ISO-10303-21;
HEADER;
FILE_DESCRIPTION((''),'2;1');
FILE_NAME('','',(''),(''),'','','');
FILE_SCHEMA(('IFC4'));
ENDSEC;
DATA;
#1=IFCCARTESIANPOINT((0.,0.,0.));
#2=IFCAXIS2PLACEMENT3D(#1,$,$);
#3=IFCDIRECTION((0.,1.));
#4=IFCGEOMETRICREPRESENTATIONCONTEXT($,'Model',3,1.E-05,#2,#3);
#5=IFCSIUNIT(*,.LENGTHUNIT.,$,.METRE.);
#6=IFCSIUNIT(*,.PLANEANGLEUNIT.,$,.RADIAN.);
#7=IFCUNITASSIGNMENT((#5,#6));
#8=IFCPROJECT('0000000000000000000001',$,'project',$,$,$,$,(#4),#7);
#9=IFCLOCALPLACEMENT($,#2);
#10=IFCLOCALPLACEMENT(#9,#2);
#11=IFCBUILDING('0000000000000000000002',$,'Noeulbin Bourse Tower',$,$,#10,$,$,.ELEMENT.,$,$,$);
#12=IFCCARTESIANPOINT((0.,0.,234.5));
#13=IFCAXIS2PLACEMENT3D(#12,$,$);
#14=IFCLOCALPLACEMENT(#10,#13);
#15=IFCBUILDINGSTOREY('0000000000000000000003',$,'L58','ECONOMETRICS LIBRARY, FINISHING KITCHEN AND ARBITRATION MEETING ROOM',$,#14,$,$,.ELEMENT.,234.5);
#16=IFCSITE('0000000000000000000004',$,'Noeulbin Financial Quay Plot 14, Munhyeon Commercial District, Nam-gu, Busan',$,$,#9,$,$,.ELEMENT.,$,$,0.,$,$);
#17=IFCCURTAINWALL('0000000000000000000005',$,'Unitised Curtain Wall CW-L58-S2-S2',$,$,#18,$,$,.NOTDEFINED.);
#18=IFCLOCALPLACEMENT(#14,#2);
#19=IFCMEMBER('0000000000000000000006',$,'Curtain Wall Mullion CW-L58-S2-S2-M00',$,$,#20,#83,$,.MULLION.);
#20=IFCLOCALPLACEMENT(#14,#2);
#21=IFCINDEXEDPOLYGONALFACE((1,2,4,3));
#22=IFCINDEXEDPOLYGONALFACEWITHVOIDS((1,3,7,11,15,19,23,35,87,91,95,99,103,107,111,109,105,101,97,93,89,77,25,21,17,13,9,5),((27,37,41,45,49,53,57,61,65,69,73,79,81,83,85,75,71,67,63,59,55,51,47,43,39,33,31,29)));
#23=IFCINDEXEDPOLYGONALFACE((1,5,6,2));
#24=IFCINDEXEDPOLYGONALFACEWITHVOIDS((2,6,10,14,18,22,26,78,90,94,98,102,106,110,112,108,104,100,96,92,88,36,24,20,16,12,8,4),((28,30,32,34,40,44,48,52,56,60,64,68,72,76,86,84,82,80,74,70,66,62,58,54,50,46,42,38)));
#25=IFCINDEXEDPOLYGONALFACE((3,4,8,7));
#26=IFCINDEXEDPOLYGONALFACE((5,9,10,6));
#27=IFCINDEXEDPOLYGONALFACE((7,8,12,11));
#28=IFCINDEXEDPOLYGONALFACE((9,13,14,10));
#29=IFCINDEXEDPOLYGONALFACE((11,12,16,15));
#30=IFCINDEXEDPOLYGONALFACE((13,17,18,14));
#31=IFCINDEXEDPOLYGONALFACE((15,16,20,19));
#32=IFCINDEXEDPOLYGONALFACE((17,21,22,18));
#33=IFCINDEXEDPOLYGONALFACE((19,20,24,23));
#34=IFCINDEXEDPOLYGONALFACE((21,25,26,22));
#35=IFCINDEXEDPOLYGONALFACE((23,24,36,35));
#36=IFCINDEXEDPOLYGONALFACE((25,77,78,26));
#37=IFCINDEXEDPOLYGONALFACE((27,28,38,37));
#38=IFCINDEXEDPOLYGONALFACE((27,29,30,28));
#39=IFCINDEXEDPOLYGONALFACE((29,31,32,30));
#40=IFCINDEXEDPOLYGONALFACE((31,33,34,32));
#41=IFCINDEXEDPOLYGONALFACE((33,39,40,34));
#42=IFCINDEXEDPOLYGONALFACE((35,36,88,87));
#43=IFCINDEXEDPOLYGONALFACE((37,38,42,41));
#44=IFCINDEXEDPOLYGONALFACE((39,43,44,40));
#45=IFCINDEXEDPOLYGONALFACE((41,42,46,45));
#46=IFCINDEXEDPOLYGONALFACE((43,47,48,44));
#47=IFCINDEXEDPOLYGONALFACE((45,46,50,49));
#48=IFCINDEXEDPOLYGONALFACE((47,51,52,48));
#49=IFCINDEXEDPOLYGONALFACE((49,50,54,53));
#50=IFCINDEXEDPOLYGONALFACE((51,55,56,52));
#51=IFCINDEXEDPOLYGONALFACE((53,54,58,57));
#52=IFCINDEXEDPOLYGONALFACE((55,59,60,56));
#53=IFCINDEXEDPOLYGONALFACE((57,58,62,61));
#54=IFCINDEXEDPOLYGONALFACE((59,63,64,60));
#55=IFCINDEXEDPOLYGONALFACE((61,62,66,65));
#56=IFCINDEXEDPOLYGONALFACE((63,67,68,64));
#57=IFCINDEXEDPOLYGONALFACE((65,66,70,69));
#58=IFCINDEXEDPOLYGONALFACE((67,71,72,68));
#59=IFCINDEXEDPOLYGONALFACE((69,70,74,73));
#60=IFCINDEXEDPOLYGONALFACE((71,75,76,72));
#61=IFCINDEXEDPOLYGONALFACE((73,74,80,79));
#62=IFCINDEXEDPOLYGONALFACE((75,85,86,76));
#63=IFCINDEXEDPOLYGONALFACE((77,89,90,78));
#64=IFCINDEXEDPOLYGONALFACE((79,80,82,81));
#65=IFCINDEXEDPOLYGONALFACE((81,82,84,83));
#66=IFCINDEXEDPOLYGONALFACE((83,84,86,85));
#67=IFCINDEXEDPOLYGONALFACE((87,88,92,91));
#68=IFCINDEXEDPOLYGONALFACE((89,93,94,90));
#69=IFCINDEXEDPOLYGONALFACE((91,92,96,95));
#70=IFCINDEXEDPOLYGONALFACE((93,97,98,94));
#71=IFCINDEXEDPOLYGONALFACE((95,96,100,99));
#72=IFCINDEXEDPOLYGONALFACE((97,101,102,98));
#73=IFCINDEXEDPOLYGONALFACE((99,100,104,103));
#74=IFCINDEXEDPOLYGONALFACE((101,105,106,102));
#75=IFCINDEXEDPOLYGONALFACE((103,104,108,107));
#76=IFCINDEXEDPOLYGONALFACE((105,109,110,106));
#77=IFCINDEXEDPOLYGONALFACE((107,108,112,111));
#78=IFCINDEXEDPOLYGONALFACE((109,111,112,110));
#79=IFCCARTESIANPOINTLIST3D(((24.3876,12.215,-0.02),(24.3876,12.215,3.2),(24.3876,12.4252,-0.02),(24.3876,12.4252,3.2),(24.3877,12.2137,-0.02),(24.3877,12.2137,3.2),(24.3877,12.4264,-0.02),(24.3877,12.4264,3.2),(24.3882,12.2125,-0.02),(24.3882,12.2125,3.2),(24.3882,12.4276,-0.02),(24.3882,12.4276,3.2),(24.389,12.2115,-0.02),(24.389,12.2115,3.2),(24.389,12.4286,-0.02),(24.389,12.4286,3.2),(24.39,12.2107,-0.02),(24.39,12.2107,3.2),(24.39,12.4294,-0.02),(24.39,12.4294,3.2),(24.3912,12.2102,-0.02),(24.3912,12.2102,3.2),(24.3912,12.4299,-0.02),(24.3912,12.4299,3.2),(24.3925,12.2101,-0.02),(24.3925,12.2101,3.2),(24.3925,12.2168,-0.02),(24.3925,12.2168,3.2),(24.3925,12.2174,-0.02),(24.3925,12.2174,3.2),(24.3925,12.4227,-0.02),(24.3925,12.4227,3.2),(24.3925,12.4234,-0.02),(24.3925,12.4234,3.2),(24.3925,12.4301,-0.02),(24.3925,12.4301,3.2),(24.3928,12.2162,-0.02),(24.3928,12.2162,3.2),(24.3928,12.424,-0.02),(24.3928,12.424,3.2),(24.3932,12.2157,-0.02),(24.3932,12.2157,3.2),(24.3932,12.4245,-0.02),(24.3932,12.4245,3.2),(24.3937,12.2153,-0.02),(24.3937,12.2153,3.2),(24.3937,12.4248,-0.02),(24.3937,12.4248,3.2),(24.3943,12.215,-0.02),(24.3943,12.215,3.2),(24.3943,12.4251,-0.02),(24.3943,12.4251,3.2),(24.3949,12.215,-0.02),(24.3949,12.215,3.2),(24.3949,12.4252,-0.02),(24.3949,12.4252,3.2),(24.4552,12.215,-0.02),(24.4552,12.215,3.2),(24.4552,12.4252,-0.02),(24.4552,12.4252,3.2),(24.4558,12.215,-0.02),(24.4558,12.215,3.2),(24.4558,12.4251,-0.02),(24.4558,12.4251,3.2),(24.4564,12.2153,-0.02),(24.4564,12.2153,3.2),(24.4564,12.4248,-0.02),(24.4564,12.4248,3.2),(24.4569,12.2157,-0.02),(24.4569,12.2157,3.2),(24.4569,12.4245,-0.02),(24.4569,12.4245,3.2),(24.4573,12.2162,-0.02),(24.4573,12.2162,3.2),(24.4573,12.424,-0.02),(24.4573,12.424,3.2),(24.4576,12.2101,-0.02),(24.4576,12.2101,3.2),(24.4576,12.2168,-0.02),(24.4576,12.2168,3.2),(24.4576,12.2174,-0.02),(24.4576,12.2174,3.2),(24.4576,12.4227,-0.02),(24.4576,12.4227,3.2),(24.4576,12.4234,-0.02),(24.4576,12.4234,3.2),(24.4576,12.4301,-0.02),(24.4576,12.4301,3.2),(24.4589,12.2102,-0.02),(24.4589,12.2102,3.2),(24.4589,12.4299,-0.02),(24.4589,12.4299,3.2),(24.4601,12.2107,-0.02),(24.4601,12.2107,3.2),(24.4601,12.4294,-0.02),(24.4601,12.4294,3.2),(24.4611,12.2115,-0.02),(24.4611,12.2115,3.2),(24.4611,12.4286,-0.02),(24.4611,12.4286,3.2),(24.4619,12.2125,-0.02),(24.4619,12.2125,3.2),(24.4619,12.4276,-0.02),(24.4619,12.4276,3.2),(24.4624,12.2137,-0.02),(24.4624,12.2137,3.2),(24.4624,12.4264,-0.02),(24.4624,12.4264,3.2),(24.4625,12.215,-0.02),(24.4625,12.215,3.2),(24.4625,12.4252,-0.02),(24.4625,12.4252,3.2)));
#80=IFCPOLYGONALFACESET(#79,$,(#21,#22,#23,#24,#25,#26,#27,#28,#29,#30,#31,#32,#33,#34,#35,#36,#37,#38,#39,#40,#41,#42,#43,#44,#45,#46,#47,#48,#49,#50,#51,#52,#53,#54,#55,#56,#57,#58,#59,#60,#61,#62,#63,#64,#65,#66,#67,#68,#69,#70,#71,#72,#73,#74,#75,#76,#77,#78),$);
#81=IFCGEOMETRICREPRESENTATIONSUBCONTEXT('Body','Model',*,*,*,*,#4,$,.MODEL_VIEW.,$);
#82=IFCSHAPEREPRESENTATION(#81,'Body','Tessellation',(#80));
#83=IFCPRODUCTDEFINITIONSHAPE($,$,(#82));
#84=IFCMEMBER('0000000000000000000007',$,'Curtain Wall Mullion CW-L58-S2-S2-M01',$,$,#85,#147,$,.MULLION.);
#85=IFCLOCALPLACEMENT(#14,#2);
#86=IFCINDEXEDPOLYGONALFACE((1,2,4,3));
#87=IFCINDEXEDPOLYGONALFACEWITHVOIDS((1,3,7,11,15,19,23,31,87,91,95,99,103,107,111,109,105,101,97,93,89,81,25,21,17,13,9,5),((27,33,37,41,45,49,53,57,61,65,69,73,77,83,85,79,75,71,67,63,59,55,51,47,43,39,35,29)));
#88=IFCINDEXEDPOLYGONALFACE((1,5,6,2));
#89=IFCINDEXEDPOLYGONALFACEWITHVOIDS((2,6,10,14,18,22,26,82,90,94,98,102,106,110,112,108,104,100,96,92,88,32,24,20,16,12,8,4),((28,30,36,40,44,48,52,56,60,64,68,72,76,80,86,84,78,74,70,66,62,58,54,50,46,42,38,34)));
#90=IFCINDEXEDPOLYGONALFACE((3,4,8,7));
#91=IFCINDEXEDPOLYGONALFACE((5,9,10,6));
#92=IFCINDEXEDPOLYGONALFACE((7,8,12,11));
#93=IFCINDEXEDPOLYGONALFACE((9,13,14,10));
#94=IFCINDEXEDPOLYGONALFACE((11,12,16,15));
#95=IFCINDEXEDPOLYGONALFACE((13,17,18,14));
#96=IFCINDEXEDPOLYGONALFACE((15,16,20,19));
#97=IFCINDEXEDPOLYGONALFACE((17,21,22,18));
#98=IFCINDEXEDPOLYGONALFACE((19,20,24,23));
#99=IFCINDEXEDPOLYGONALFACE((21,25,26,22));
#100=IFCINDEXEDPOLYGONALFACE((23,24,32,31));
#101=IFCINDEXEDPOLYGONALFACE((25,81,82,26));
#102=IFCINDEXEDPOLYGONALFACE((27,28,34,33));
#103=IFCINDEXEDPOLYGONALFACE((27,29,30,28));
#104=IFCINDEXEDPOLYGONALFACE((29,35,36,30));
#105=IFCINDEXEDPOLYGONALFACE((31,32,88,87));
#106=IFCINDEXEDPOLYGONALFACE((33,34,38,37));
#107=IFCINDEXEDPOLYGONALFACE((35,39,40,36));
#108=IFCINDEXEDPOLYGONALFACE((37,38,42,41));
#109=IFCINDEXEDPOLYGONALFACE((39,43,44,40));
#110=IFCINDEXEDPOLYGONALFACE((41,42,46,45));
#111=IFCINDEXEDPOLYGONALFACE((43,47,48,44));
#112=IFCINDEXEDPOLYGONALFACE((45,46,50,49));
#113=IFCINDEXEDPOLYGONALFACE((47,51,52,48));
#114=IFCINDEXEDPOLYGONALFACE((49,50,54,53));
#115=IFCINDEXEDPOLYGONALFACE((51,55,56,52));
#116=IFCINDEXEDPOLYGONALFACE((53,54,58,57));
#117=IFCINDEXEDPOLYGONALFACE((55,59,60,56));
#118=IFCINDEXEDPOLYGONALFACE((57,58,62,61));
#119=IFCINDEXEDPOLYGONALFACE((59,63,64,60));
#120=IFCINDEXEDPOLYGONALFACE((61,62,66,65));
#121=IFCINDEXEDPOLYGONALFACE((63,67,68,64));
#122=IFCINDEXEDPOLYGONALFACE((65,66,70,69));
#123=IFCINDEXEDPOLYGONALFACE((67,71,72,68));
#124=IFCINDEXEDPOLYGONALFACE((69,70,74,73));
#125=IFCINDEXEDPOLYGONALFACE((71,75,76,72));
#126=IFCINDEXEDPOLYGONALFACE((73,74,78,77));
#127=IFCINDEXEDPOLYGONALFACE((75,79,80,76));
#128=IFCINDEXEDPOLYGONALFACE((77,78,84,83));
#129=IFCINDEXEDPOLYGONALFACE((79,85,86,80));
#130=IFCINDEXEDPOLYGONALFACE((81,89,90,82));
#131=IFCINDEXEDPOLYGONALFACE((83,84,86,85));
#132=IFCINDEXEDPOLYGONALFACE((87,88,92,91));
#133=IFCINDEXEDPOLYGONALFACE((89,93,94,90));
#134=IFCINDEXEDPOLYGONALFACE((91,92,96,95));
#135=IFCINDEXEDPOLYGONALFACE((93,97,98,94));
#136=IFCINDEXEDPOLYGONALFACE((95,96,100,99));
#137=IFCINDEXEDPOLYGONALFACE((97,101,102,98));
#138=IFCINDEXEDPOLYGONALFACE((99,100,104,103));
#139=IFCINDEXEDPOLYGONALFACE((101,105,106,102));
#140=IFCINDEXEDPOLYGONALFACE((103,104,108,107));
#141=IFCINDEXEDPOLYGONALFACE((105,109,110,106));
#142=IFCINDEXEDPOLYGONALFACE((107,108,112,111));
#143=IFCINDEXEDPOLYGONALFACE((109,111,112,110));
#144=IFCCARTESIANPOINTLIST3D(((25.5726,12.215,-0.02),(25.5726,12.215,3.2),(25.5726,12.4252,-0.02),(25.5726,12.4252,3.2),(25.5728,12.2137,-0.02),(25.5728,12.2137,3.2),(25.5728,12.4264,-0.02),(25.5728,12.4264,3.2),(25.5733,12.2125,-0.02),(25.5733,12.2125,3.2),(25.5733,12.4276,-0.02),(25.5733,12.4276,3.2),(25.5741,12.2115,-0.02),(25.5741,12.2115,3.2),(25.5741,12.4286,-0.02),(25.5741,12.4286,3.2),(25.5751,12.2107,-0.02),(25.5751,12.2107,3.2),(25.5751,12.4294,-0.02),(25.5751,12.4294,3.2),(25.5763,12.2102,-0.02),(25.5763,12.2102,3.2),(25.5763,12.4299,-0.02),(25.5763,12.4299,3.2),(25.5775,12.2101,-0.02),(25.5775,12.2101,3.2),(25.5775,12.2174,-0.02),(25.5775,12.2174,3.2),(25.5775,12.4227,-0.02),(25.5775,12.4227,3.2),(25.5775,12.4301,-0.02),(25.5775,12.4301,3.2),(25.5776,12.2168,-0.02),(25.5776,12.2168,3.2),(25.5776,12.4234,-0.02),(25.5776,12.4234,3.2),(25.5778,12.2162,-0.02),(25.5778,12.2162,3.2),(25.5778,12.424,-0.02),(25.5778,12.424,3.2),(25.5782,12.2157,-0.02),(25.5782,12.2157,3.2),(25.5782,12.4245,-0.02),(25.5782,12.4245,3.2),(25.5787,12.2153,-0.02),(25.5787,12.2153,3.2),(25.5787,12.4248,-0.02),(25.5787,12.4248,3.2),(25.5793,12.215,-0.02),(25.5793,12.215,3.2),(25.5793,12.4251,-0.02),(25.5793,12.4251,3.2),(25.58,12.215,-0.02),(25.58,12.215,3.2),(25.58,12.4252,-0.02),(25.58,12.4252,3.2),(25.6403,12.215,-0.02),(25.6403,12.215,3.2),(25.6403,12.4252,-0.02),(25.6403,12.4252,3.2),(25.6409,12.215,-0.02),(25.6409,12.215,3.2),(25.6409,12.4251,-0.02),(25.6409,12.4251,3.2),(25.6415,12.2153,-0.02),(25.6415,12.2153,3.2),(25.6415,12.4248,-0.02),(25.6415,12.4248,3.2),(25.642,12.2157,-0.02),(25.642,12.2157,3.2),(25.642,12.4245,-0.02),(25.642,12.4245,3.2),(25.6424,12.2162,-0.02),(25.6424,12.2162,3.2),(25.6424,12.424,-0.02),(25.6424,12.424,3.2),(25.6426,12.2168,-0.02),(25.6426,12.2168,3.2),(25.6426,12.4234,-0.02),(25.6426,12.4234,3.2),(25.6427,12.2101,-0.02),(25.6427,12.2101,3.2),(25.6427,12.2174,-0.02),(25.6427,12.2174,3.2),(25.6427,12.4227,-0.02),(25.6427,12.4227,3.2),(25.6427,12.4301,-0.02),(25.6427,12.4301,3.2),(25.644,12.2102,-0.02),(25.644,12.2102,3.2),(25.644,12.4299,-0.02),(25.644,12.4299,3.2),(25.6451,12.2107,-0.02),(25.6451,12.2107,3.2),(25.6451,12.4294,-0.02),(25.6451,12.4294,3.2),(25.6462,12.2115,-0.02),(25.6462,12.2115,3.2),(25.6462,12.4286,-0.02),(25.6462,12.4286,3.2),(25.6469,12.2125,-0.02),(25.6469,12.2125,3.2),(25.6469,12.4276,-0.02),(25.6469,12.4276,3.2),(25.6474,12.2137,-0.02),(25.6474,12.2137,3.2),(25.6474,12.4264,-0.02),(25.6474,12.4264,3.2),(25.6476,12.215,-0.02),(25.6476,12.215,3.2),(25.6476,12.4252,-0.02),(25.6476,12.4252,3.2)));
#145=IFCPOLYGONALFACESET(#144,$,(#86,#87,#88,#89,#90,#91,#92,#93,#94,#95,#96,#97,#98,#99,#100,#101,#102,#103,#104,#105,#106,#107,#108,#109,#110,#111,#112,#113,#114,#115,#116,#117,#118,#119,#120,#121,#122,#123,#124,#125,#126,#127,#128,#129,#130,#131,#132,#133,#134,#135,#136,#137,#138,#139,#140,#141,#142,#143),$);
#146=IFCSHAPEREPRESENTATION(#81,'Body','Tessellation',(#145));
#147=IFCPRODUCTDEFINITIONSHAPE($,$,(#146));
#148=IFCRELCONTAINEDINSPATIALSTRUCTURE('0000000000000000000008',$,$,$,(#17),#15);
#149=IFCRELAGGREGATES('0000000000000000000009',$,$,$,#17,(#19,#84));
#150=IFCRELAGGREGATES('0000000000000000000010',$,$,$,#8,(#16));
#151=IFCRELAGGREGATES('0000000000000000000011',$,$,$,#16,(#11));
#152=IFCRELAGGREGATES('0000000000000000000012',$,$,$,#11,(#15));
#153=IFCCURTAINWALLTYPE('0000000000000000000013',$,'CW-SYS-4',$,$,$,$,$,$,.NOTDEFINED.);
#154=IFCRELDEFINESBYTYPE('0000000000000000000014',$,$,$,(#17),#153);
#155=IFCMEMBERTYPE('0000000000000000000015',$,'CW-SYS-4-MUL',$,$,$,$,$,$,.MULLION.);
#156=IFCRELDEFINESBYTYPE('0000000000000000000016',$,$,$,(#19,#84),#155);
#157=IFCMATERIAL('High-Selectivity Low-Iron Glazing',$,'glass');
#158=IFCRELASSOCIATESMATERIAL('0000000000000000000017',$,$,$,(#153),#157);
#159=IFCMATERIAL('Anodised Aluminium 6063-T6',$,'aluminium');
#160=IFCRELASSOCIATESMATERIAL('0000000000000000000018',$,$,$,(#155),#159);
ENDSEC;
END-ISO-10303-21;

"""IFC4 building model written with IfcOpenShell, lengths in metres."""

from ifc_helpers import new_model, si_unit, direction, frame, origin, origin_2d, place, context, subcontext, project, spatial, hollow_rectangle, extrude, material, material_profile, profile_set, type_object, element, aggregate, save


model = new_model("IFC4")

# Units and contexts
model_context = context("Model", 3, precision=1e-05, world=origin(), true_north=direction((0.0, 1.0)))
body_context = subcontext(model_context, "Body", "Model", "MODEL_VIEW")
ifc_project = project(units=[si_unit("LENGTHUNIT", "METRE"), si_unit("PLANEANGLEUNIT", "RADIAN")], contexts=[model_context])

# Site, building, storey
site_placement = place(None, origin())
site = spatial("IfcSite", under=ifc_project, at=site_placement, Name="Noeulbin Financial Quay Plot 14, Munhyeon Commercial District, Nam-gu, Busan", CompositionType="ELEMENT", RefElevation=0.0)
building_placement = place(site_placement, origin())
building = spatial("IfcBuilding", under=site, at=building_placement, Name="Noeulbin Bourse Tower", CompositionType="ELEMENT")
storey_placement = place(building_placement, frame((0.0, 0.0, 234.5)))
storey = spatial("IfcBuildingStorey", under=building, at=storey_placement, Name="L58", Description="ECONOMETRICS LIBRARY, FINISHING KITCHEN AND ARBITRATION MEETING ROOM", CompositionType="ELEMENT", Elevation=234.5)

# Curtain wall, members
ifc_material_1 = material(Name="High-Selectivity Low-Iron Glazing", Category="glass")
curtain_wall_type = type_object("IfcCurtainWallType", Name="CW-SYS-4", PredefinedType="NOTDEFINED", material=ifc_material_1)
ifc_material_2 = material(Name="Anodised Aluminium 6063-T6", Category="aluminium")
ifc_material_profile_1 = material_profile(ifc_material_2, hollow_rectangle(XDim=0.075, YDim=0.22, WallThickness=0.0049, InnerFilletRadius=0.0024, OuterFilletRadius=0.0049, at=origin_2d()), Name="ALU-MULL-75x220x5", Category="LoadBearing")
ifc_profile_set_1 = profile_set([ifc_material_profile_1], Name="Anodised Aluminium 6063-T6")
member_type_1 = type_object("IfcMemberType", Name="CW-SYS-4-MUL", PredefinedType="MULLION", material=ifc_profile_set_1)
curtain_wall_1_placement = place(storey_placement, origin())
curtain_wall_1 = element("IfcCurtainWall", 1, at=curtain_wall_1_placement, inside=storey, type_object=curtain_wall_type, Name="Unitised Curtain Wall CW-L58-S2-S2", PredefinedType="NOTDEFINED")
member_1_placement = place(storey_placement, frame((24.425, 12.3201, -0.02), z_axis=(0.0, 0.0, 1.0), x_axis=(1.0, 0.0, 0.0)))
member_1 = element("IfcMember", 2, at=member_1_placement, type_object=member_type_1, Name="Curtain Wall Mullion CW-L58-S2-S2-M00", PredefinedType="MULLION", context=body_context, shape_type="SweptSolid", body=[
    extrude(hollow_rectangle(XDim=0.075, YDim=0.22, WallThickness=0.0049, InnerFilletRadius=0.0024, OuterFilletRadius=0.0049, at=origin_2d()), origin(), (0.0, 0.0, 1.0), 3.22),
])
member_2_placement = place(storey_placement, frame((25.6101, 12.3201, -0.02), z_axis=(0.0, 0.0, 1.0), x_axis=(1.0, 0.0, 0.0)))
member_2 = element("IfcMember", 3, at=member_2_placement, type_object=member_type_1, Name="Curtain Wall Mullion CW-L58-S2-S2-M01", PredefinedType="MULLION", context=body_context, shape_type="SweptSolid", body=[
    extrude(hollow_rectangle(XDim=0.075, YDim=0.22, WallThickness=0.0049, InnerFilletRadius=0.0024, OuterFilletRadius=0.0049, at=origin_2d()), origin(), (0.0, 0.0, 1.0), 3.22),
])

aggregate(curtain_wall_1, [member_1, member_2])

save(model, "model.ifc")
